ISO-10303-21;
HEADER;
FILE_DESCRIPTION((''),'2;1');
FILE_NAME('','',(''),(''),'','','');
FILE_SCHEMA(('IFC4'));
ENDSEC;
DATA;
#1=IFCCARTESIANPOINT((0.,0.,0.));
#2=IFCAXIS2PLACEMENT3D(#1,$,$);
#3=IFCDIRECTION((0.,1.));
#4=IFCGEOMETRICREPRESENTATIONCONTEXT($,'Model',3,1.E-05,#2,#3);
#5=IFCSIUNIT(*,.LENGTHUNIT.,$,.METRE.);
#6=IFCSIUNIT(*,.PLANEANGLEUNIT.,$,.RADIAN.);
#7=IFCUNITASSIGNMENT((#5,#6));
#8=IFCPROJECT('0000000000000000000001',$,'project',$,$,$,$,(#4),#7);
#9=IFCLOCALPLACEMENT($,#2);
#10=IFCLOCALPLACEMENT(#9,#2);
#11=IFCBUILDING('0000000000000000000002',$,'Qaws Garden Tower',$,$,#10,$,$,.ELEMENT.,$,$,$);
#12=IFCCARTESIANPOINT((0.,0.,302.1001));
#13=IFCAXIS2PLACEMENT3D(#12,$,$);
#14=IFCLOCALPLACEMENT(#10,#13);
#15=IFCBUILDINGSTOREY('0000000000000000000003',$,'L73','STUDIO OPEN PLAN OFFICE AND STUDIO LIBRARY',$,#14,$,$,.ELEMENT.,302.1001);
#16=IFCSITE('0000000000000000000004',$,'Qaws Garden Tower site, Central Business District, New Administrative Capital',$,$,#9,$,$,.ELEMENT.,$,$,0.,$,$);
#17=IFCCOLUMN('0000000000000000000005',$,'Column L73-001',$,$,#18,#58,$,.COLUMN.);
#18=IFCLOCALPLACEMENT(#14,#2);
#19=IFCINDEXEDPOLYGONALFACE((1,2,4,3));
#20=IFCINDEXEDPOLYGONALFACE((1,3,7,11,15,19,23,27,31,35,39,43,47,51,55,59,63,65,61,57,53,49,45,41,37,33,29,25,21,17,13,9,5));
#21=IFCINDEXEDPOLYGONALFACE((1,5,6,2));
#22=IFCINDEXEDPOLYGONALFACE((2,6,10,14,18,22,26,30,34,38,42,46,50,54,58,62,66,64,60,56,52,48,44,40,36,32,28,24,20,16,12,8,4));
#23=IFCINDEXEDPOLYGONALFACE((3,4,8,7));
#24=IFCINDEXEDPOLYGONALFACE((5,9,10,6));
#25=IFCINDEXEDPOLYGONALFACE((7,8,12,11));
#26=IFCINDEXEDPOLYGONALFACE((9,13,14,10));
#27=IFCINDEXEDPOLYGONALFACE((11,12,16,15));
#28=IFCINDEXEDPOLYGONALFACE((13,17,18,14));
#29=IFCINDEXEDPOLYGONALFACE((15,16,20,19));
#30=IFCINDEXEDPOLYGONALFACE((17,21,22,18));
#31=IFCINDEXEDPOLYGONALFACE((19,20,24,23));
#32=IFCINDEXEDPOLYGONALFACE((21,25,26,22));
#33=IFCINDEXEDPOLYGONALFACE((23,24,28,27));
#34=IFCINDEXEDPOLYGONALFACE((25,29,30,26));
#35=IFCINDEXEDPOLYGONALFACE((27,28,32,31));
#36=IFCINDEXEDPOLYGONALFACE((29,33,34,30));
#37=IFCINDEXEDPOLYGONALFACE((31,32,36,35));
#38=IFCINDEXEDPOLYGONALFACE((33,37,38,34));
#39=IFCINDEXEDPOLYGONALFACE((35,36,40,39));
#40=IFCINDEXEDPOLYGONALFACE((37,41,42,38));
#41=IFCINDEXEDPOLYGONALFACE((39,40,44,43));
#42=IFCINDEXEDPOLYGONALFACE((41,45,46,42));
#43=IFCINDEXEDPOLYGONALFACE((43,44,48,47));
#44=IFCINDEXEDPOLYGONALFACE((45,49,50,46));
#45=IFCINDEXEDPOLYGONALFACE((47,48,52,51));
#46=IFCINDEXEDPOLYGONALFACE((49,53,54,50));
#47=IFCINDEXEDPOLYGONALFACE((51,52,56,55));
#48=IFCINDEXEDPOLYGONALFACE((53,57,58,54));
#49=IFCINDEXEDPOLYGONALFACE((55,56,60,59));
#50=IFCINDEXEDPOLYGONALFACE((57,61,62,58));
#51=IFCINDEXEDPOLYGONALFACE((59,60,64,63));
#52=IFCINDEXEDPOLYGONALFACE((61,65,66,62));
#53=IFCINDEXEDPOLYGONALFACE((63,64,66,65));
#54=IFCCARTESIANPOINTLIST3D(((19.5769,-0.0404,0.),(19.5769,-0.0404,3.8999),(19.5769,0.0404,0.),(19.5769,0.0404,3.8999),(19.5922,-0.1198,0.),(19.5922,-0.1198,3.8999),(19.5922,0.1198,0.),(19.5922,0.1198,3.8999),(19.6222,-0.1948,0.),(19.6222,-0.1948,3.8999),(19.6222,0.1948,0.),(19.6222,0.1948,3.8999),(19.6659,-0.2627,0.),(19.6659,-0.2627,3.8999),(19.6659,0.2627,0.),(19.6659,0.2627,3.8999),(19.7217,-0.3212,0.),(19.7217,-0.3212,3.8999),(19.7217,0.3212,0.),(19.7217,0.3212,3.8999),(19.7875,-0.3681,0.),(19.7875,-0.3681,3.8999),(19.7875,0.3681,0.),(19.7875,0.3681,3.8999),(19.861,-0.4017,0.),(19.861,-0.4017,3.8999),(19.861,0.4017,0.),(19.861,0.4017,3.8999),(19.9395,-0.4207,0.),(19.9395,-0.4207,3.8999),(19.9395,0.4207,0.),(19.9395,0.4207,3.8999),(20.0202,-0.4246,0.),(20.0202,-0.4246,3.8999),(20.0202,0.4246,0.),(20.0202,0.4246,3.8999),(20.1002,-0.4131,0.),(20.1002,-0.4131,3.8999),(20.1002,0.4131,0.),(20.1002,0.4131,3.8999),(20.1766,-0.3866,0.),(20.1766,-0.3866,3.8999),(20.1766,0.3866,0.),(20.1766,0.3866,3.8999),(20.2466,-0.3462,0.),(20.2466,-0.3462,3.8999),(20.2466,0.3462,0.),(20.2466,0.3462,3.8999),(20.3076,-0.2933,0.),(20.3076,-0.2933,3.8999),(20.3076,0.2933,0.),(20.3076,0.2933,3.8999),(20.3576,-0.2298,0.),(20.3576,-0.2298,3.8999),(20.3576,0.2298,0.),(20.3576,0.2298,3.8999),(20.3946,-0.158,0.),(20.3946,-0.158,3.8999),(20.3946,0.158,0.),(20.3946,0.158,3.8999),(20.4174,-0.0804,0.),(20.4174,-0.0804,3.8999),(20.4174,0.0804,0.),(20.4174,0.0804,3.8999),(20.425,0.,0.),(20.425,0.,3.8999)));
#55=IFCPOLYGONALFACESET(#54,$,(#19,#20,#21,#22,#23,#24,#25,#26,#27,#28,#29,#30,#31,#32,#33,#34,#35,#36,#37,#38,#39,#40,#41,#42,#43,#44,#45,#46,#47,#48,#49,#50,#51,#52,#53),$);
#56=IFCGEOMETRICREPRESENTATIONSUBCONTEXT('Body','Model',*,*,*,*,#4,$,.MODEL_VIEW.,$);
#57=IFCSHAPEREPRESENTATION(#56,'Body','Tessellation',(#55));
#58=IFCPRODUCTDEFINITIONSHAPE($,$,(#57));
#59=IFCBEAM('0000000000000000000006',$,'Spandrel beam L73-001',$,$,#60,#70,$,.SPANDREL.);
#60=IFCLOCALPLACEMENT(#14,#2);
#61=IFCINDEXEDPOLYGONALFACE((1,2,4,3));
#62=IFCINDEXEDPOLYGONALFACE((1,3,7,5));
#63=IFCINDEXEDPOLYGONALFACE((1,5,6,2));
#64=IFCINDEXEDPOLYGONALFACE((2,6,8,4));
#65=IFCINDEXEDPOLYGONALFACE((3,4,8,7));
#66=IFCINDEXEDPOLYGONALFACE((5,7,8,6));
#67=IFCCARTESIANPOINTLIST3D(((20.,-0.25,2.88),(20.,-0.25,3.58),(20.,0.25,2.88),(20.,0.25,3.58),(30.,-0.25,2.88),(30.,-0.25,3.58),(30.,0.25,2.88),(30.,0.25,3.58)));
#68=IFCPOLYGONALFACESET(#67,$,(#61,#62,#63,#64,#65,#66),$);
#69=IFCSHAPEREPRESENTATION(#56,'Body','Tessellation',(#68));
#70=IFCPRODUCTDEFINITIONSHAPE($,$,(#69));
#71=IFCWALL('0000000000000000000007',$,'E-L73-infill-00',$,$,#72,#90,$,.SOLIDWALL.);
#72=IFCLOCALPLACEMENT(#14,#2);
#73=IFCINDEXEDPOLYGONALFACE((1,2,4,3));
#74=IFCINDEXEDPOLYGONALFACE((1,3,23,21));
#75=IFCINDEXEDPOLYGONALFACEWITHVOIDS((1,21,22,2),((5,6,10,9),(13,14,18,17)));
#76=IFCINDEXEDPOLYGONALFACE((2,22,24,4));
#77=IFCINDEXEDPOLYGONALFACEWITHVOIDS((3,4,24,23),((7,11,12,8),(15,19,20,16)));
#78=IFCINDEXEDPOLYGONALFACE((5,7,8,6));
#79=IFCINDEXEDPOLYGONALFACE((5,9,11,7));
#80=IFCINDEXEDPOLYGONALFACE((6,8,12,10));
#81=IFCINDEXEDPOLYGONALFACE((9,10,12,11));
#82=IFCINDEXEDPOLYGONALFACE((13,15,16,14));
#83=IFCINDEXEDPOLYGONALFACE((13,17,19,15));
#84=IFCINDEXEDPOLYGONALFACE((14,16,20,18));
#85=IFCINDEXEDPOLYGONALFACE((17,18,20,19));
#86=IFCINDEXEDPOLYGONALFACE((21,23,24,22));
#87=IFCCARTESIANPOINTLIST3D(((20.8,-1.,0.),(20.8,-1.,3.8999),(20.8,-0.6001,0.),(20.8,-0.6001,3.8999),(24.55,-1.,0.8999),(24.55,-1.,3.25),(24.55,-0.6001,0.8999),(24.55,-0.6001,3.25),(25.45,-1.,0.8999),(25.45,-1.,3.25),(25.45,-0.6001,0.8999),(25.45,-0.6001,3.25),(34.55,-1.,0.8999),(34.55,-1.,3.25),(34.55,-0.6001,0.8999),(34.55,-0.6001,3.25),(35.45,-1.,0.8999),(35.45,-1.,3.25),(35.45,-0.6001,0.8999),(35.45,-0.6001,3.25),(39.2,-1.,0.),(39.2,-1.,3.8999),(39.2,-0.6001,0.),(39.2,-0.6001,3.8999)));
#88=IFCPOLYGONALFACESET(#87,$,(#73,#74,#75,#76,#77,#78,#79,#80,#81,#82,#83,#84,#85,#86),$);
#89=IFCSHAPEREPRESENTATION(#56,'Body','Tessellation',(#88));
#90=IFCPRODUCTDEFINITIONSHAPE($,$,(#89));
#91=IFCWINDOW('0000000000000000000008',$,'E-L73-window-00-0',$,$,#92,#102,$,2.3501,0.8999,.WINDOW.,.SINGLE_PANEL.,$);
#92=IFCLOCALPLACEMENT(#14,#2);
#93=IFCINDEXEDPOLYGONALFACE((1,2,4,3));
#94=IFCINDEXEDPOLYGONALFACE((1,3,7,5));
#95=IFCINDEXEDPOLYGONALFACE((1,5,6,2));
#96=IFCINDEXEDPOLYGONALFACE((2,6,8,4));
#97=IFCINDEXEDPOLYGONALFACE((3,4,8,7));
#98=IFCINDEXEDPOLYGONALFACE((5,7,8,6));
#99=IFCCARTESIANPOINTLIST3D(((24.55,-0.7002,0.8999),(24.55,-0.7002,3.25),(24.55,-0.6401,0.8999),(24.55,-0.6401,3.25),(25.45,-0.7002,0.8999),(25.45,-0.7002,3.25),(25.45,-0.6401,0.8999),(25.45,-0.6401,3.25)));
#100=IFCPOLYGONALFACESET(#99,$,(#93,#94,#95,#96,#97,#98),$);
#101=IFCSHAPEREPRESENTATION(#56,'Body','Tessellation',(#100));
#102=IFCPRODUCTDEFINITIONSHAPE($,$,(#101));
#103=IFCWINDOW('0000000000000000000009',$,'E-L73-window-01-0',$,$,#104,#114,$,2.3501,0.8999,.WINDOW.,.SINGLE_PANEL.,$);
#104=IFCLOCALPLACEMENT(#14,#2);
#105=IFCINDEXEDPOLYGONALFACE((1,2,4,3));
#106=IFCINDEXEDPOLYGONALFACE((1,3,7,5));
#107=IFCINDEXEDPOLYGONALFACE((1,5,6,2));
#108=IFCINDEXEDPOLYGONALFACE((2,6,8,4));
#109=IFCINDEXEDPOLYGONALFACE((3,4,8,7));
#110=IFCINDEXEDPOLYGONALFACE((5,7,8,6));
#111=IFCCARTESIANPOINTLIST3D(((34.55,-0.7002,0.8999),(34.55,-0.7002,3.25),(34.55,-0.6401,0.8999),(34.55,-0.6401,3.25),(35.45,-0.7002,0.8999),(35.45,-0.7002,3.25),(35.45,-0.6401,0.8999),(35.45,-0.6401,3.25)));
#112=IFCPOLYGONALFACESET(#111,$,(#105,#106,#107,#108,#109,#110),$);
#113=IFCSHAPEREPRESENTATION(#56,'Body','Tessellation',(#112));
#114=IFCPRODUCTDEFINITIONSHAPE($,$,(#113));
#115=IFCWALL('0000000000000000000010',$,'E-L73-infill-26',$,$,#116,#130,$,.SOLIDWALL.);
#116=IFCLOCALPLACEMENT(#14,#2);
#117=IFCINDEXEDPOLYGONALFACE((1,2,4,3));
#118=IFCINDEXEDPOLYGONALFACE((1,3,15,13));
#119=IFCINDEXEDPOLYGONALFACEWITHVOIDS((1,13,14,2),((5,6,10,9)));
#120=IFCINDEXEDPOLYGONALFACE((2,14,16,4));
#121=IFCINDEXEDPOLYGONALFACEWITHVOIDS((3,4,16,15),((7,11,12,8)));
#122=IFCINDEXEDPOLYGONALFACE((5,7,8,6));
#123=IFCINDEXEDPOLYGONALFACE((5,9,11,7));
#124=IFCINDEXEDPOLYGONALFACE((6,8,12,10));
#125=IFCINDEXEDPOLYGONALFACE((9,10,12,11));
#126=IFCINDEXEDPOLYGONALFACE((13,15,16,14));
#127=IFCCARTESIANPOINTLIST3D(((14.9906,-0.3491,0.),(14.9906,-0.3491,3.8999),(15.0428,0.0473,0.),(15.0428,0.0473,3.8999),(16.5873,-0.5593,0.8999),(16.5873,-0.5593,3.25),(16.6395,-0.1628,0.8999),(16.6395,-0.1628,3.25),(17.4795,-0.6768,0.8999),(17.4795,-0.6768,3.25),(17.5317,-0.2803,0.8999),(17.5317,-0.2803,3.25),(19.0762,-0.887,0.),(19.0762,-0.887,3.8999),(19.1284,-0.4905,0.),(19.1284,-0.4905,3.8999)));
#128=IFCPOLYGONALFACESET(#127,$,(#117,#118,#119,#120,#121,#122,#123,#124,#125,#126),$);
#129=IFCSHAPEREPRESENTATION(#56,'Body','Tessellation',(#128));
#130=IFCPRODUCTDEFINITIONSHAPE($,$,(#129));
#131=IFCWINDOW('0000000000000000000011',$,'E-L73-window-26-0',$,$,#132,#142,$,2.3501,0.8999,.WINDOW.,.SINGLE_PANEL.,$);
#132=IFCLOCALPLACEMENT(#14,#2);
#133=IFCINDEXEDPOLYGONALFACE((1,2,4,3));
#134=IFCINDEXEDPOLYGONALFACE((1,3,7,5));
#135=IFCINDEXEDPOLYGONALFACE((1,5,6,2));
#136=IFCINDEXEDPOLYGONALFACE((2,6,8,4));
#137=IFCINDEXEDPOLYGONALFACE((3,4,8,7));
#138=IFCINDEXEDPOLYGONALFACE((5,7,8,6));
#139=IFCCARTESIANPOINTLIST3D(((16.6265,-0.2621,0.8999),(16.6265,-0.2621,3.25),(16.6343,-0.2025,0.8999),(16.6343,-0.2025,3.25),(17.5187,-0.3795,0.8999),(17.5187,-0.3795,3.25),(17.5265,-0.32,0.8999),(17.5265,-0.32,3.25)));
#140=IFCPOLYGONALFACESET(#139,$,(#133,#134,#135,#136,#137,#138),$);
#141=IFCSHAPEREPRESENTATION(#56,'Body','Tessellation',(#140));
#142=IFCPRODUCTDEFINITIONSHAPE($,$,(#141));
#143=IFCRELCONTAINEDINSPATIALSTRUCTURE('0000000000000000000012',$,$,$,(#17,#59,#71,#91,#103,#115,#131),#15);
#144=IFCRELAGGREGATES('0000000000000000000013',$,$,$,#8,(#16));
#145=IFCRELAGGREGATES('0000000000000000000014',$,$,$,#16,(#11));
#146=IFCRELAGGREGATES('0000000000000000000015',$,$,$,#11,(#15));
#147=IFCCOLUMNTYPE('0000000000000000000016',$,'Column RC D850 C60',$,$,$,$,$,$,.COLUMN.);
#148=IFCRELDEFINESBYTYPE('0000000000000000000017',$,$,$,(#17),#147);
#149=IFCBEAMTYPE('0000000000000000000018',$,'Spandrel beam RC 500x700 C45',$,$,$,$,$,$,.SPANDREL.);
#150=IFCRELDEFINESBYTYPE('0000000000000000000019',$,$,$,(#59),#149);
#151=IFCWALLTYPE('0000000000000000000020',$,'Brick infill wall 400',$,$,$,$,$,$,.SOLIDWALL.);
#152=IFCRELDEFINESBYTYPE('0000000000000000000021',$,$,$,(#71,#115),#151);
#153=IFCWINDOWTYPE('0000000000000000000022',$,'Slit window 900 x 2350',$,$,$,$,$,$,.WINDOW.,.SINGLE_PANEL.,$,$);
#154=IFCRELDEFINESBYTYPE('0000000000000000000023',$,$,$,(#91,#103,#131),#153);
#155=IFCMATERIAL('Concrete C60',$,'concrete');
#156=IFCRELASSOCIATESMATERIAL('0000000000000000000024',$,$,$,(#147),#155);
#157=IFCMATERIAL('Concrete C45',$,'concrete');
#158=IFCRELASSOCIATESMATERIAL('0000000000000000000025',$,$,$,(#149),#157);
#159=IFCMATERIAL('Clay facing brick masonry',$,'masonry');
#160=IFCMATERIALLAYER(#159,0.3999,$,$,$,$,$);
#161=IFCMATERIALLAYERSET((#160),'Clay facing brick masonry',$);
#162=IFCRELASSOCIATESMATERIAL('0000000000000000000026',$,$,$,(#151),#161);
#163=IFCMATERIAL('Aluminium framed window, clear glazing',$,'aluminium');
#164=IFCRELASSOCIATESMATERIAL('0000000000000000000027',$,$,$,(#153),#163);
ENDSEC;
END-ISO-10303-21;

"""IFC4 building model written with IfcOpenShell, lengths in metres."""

from ifc_helpers import new_model, si_unit, direction, frame, frame_2d, origin, origin_2d, place, context, subcontext, project, spatial, rectangle, circle, extrude, material, layer, layer_set, material_profile, profile_set, type_object, element, fill, save


model = new_model("IFC4")

# Units and contexts
model_context = context("Model", 3, precision=1e-05, world=origin(), true_north=direction((0.0, 1.0)))
body_context = subcontext(model_context, "Body", "Model", "MODEL_VIEW")
ifc_project = project(units=[si_unit("LENGTHUNIT", "METRE"), si_unit("PLANEANGLEUNIT", "RADIAN")], contexts=[model_context])

# Site, building, storey
site_placement = place(None, origin())
site = spatial("IfcSite", under=ifc_project, at=site_placement, Name="Qaws Garden Tower site, Central Business District, New Administrative Capital", CompositionType="ELEMENT", RefElevation=0.0)
building_placement = place(site_placement, origin())
building = spatial("IfcBuilding", under=site, at=building_placement, Name="Qaws Garden Tower", CompositionType="ELEMENT")
storey_placement = place(building_placement, frame((0.0, 0.0, 302.1001)))
storey = spatial("IfcBuildingStorey", under=building, at=storey_placement, Name="L73", Description="STUDIO OPEN PLAN OFFICE AND STUDIO LIBRARY", CompositionType="ELEMENT", Elevation=302.1001)

# Column
ifc_material_1 = material(Name="Concrete C60", Category="concrete")
ifc_material_profile_1 = material_profile(ifc_material_1, circle(Radius=0.425, at=origin_2d()), Name="RC D850")
ifc_profile_set_1 = profile_set([ifc_material_profile_1], Name="Concrete C60")
column_type = type_object("IfcColumnType", Name="Column RC D850 C60", PredefinedType="COLUMN", material=ifc_profile_set_1)
column_placement = place(storey_placement, frame((20.0, 0.0, 0.0), z_axis=(0.0, 0.0, 1.0), x_axis=(1.0, 0.0, 0.0)))
element("IfcColumn", 1, at=column_placement, inside=storey, type_object=column_type, Name="Column L73-001", PredefinedType="COLUMN", context=body_context, shape_type="SweptSolid", body=[
    extrude(circle(Radius=0.425, at=origin_2d()), origin(), (0.0, 0.0, 1.0), 3.8999),
])

# Beam
ifc_material_2 = material(Name="Concrete C45", Category="concrete")
ifc_material_profile_2 = material_profile(ifc_material_2, rectangle(XDim=0.5, YDim=0.7, at=origin_2d()), Name="RC 500x700")
ifc_profile_set_2 = profile_set([ifc_material_profile_2], Name="Concrete C45")
beam_type = type_object("IfcBeamType", Name="Spandrel beam RC 500x700 C45", PredefinedType="SPANDREL", material=ifc_profile_set_2)
beam_placement = place(storey_placement, frame((20.0, 0.0, 3.23), z_axis=(1.0, 0.0, 0.0), x_axis=(0.0, 1.0, 0.0)))
element("IfcBeam", 2, at=beam_placement, inside=storey, type_object=beam_type, Name="Spandrel beam L73-001", PredefinedType="SPANDREL", context=body_context, shape_type="SweptSolid", body=[
    extrude(rectangle(XDim=0.5, YDim=0.7, at=origin_2d()), origin(), (0.0, 0.0, 1.0), 10.0),
])

# Wall, openings, windows
ifc_material_3 = material(Name="Clay facing brick masonry", Category="masonry")
ifc_layer_1 = layer(ifc_material_3, 0.3999)
ifc_layer_set_1 = layer_set([ifc_layer_1], Name="Clay facing brick masonry")
wall_type_1 = type_object("IfcWallType", Name="Brick infill wall 400", PredefinedType="SOLIDWALL", material=ifc_layer_set_1)
wall_1_placement = place(storey_placement, frame((20.8, -0.8, 0.0), z_axis=(0.0, 0.0, 1.0), x_axis=(1.0, 0.0, 0.0)))
wall_1 = element("IfcWall", 3, at=wall_1_placement, inside=storey, type_object=wall_type_1, Name="E-L73-infill-00", PredefinedType="SOLIDWALL", context=body_context, shape_type="SweptSolid", body=[
    extrude(rectangle(XDim=18.3999, YDim=0.3999, at=frame_2d((9.2, 0.0))), origin(), (0.0, 0.0, 1.0), 3.8999),
])
opening_1_placement = place(wall_1_placement, frame((3.75, 0.0, 0.8999)))
opening_1 = element("IfcOpeningElement", 4, at=opening_1_placement, cuts=wall_1, PredefinedType="OPENING", context=body_context, shape_type="SweptSolid", body=[
    extrude(rectangle(XDim=0.8999, YDim=2.3501, at=frame_2d((0.45, 1.175))), frame((0.0, 0.21, 0.0), z_axis=(0.0, -1.0, 0.0), x_axis=(1.0, 0.0, 0.0)), (0.0, 0.0, 1.0), 0.4199),
])
opening_2_placement = place(wall_1_placement, frame((13.75, 0.0, 0.8999)))
opening_2 = element("IfcOpeningElement", 5, at=opening_2_placement, cuts=wall_1, PredefinedType="OPENING", context=body_context, shape_type="SweptSolid", body=[
    extrude(rectangle(XDim=0.8999, YDim=2.3501, at=frame_2d((0.45, 1.175))), frame((0.0, 0.21, 0.0), z_axis=(0.0, -1.0, 0.0), x_axis=(1.0, 0.0, 0.0)), (0.0, 0.0, 1.0), 0.4199),
])
ifc_material_4 = material(Name="Aluminium framed window, clear glazing", Category="aluminium")
window_type = type_object("IfcWindowType", Name="Slit window 900 x 2350", PartitioningType="SINGLE_PANEL", PredefinedType="WINDOW", material=ifc_material_4)
window_1_placement = place(opening_1_placement, origin())
window_1 = element("IfcWindow", 6, at=window_1_placement, inside=storey, type_object=window_type, Name="E-L73-window-00-0", OverallHeight=2.3501, OverallWidth=0.8999, PartitioningType="SINGLE_PANEL", PredefinedType="WINDOW", context=body_context, shape_type="SweptSolid", body=[
    extrude(rectangle(XDim=0.8999, YDim=2.3501, at=frame_2d((0.45, 1.175))), frame((0.0, 0.1599, 0.0), z_axis=(0.0, -1.0, 0.0), x_axis=(1.0, 0.0, 0.0)), (0.0, 0.0, 1.0), 0.0601),
])
fill(opening_1, window_1)
window_2_placement = place(opening_2_placement, origin())
window_2 = element("IfcWindow", 7, at=window_2_placement, inside=storey, type_object=window_type, Name="E-L73-window-01-0", OverallHeight=2.3501, OverallWidth=0.8999, PartitioningType="SINGLE_PANEL", PredefinedType="WINDOW", context=body_context, shape_type="SweptSolid", body=[
    extrude(rectangle(XDim=0.8999, YDim=2.3501, at=frame_2d((0.45, 1.175))), frame((0.0, 0.1599, 0.0), z_axis=(0.0, -1.0, 0.0), x_axis=(1.0, 0.0, 0.0)), (0.0, 0.0, 1.0), 0.0601),
])
fill(opening_2, window_2)

# Wall, opening, window
wall_2_placement = place(storey_placement, frame((15.0166, -0.1509, 0.0), z_axis=(0.0, 0.0, 1.0), x_axis=(0.991446, -0.130514, 0.0)))
wall_2 = element("IfcWall", 8, at=wall_2_placement, inside=storey, type_object=wall_type_1, Name="E-L73-infill-26", PredefinedType="SOLIDWALL", context=body_context, shape_type="SweptSolid", body=[
    extrude(rectangle(XDim=4.1208, YDim=0.3999, at=frame_2d((2.0605, 0.0))), origin(), (0.0, 0.0, 1.0), 3.8999),
])
opening_3_placement = place(wall_2_placement, frame((1.6106, 0.0, 0.8999)))
opening_3 = element("IfcOpeningElement", 9, at=opening_3_placement, cuts=wall_2, PredefinedType="OPENING", context=body_context, shape_type="SweptSolid", body=[
    extrude(rectangle(XDim=0.8999, YDim=2.3501, at=frame_2d((0.45, 1.175))), frame((0.0, 0.21, 0.0), z_axis=(0.0, -1.0, 0.0), x_axis=(1.0, 0.0, 0.0)), (0.0, 0.0, 1.0), 0.4199),
])
window_3_placement = place(opening_3_placement, origin())
window_3 = element("IfcWindow", 10, at=window_3_placement, inside=storey, type_object=window_type, Name="E-L73-window-26-0", OverallHeight=2.3501, OverallWidth=0.8999, PartitioningType="SINGLE_PANEL", PredefinedType="WINDOW", context=body_context, shape_type="SweptSolid", body=[
    extrude(rectangle(XDim=0.8999, YDim=2.3501, at=frame_2d((0.45, 1.175))), frame((0.0, 0.1599, 0.0), z_axis=(0.0, -1.0, 0.0), x_axis=(1.0, 0.0, 0.0)), (0.0, 0.0, 1.0), 0.0601),
])
fill(opening_3, window_3)

save(model, "model.ifc")
